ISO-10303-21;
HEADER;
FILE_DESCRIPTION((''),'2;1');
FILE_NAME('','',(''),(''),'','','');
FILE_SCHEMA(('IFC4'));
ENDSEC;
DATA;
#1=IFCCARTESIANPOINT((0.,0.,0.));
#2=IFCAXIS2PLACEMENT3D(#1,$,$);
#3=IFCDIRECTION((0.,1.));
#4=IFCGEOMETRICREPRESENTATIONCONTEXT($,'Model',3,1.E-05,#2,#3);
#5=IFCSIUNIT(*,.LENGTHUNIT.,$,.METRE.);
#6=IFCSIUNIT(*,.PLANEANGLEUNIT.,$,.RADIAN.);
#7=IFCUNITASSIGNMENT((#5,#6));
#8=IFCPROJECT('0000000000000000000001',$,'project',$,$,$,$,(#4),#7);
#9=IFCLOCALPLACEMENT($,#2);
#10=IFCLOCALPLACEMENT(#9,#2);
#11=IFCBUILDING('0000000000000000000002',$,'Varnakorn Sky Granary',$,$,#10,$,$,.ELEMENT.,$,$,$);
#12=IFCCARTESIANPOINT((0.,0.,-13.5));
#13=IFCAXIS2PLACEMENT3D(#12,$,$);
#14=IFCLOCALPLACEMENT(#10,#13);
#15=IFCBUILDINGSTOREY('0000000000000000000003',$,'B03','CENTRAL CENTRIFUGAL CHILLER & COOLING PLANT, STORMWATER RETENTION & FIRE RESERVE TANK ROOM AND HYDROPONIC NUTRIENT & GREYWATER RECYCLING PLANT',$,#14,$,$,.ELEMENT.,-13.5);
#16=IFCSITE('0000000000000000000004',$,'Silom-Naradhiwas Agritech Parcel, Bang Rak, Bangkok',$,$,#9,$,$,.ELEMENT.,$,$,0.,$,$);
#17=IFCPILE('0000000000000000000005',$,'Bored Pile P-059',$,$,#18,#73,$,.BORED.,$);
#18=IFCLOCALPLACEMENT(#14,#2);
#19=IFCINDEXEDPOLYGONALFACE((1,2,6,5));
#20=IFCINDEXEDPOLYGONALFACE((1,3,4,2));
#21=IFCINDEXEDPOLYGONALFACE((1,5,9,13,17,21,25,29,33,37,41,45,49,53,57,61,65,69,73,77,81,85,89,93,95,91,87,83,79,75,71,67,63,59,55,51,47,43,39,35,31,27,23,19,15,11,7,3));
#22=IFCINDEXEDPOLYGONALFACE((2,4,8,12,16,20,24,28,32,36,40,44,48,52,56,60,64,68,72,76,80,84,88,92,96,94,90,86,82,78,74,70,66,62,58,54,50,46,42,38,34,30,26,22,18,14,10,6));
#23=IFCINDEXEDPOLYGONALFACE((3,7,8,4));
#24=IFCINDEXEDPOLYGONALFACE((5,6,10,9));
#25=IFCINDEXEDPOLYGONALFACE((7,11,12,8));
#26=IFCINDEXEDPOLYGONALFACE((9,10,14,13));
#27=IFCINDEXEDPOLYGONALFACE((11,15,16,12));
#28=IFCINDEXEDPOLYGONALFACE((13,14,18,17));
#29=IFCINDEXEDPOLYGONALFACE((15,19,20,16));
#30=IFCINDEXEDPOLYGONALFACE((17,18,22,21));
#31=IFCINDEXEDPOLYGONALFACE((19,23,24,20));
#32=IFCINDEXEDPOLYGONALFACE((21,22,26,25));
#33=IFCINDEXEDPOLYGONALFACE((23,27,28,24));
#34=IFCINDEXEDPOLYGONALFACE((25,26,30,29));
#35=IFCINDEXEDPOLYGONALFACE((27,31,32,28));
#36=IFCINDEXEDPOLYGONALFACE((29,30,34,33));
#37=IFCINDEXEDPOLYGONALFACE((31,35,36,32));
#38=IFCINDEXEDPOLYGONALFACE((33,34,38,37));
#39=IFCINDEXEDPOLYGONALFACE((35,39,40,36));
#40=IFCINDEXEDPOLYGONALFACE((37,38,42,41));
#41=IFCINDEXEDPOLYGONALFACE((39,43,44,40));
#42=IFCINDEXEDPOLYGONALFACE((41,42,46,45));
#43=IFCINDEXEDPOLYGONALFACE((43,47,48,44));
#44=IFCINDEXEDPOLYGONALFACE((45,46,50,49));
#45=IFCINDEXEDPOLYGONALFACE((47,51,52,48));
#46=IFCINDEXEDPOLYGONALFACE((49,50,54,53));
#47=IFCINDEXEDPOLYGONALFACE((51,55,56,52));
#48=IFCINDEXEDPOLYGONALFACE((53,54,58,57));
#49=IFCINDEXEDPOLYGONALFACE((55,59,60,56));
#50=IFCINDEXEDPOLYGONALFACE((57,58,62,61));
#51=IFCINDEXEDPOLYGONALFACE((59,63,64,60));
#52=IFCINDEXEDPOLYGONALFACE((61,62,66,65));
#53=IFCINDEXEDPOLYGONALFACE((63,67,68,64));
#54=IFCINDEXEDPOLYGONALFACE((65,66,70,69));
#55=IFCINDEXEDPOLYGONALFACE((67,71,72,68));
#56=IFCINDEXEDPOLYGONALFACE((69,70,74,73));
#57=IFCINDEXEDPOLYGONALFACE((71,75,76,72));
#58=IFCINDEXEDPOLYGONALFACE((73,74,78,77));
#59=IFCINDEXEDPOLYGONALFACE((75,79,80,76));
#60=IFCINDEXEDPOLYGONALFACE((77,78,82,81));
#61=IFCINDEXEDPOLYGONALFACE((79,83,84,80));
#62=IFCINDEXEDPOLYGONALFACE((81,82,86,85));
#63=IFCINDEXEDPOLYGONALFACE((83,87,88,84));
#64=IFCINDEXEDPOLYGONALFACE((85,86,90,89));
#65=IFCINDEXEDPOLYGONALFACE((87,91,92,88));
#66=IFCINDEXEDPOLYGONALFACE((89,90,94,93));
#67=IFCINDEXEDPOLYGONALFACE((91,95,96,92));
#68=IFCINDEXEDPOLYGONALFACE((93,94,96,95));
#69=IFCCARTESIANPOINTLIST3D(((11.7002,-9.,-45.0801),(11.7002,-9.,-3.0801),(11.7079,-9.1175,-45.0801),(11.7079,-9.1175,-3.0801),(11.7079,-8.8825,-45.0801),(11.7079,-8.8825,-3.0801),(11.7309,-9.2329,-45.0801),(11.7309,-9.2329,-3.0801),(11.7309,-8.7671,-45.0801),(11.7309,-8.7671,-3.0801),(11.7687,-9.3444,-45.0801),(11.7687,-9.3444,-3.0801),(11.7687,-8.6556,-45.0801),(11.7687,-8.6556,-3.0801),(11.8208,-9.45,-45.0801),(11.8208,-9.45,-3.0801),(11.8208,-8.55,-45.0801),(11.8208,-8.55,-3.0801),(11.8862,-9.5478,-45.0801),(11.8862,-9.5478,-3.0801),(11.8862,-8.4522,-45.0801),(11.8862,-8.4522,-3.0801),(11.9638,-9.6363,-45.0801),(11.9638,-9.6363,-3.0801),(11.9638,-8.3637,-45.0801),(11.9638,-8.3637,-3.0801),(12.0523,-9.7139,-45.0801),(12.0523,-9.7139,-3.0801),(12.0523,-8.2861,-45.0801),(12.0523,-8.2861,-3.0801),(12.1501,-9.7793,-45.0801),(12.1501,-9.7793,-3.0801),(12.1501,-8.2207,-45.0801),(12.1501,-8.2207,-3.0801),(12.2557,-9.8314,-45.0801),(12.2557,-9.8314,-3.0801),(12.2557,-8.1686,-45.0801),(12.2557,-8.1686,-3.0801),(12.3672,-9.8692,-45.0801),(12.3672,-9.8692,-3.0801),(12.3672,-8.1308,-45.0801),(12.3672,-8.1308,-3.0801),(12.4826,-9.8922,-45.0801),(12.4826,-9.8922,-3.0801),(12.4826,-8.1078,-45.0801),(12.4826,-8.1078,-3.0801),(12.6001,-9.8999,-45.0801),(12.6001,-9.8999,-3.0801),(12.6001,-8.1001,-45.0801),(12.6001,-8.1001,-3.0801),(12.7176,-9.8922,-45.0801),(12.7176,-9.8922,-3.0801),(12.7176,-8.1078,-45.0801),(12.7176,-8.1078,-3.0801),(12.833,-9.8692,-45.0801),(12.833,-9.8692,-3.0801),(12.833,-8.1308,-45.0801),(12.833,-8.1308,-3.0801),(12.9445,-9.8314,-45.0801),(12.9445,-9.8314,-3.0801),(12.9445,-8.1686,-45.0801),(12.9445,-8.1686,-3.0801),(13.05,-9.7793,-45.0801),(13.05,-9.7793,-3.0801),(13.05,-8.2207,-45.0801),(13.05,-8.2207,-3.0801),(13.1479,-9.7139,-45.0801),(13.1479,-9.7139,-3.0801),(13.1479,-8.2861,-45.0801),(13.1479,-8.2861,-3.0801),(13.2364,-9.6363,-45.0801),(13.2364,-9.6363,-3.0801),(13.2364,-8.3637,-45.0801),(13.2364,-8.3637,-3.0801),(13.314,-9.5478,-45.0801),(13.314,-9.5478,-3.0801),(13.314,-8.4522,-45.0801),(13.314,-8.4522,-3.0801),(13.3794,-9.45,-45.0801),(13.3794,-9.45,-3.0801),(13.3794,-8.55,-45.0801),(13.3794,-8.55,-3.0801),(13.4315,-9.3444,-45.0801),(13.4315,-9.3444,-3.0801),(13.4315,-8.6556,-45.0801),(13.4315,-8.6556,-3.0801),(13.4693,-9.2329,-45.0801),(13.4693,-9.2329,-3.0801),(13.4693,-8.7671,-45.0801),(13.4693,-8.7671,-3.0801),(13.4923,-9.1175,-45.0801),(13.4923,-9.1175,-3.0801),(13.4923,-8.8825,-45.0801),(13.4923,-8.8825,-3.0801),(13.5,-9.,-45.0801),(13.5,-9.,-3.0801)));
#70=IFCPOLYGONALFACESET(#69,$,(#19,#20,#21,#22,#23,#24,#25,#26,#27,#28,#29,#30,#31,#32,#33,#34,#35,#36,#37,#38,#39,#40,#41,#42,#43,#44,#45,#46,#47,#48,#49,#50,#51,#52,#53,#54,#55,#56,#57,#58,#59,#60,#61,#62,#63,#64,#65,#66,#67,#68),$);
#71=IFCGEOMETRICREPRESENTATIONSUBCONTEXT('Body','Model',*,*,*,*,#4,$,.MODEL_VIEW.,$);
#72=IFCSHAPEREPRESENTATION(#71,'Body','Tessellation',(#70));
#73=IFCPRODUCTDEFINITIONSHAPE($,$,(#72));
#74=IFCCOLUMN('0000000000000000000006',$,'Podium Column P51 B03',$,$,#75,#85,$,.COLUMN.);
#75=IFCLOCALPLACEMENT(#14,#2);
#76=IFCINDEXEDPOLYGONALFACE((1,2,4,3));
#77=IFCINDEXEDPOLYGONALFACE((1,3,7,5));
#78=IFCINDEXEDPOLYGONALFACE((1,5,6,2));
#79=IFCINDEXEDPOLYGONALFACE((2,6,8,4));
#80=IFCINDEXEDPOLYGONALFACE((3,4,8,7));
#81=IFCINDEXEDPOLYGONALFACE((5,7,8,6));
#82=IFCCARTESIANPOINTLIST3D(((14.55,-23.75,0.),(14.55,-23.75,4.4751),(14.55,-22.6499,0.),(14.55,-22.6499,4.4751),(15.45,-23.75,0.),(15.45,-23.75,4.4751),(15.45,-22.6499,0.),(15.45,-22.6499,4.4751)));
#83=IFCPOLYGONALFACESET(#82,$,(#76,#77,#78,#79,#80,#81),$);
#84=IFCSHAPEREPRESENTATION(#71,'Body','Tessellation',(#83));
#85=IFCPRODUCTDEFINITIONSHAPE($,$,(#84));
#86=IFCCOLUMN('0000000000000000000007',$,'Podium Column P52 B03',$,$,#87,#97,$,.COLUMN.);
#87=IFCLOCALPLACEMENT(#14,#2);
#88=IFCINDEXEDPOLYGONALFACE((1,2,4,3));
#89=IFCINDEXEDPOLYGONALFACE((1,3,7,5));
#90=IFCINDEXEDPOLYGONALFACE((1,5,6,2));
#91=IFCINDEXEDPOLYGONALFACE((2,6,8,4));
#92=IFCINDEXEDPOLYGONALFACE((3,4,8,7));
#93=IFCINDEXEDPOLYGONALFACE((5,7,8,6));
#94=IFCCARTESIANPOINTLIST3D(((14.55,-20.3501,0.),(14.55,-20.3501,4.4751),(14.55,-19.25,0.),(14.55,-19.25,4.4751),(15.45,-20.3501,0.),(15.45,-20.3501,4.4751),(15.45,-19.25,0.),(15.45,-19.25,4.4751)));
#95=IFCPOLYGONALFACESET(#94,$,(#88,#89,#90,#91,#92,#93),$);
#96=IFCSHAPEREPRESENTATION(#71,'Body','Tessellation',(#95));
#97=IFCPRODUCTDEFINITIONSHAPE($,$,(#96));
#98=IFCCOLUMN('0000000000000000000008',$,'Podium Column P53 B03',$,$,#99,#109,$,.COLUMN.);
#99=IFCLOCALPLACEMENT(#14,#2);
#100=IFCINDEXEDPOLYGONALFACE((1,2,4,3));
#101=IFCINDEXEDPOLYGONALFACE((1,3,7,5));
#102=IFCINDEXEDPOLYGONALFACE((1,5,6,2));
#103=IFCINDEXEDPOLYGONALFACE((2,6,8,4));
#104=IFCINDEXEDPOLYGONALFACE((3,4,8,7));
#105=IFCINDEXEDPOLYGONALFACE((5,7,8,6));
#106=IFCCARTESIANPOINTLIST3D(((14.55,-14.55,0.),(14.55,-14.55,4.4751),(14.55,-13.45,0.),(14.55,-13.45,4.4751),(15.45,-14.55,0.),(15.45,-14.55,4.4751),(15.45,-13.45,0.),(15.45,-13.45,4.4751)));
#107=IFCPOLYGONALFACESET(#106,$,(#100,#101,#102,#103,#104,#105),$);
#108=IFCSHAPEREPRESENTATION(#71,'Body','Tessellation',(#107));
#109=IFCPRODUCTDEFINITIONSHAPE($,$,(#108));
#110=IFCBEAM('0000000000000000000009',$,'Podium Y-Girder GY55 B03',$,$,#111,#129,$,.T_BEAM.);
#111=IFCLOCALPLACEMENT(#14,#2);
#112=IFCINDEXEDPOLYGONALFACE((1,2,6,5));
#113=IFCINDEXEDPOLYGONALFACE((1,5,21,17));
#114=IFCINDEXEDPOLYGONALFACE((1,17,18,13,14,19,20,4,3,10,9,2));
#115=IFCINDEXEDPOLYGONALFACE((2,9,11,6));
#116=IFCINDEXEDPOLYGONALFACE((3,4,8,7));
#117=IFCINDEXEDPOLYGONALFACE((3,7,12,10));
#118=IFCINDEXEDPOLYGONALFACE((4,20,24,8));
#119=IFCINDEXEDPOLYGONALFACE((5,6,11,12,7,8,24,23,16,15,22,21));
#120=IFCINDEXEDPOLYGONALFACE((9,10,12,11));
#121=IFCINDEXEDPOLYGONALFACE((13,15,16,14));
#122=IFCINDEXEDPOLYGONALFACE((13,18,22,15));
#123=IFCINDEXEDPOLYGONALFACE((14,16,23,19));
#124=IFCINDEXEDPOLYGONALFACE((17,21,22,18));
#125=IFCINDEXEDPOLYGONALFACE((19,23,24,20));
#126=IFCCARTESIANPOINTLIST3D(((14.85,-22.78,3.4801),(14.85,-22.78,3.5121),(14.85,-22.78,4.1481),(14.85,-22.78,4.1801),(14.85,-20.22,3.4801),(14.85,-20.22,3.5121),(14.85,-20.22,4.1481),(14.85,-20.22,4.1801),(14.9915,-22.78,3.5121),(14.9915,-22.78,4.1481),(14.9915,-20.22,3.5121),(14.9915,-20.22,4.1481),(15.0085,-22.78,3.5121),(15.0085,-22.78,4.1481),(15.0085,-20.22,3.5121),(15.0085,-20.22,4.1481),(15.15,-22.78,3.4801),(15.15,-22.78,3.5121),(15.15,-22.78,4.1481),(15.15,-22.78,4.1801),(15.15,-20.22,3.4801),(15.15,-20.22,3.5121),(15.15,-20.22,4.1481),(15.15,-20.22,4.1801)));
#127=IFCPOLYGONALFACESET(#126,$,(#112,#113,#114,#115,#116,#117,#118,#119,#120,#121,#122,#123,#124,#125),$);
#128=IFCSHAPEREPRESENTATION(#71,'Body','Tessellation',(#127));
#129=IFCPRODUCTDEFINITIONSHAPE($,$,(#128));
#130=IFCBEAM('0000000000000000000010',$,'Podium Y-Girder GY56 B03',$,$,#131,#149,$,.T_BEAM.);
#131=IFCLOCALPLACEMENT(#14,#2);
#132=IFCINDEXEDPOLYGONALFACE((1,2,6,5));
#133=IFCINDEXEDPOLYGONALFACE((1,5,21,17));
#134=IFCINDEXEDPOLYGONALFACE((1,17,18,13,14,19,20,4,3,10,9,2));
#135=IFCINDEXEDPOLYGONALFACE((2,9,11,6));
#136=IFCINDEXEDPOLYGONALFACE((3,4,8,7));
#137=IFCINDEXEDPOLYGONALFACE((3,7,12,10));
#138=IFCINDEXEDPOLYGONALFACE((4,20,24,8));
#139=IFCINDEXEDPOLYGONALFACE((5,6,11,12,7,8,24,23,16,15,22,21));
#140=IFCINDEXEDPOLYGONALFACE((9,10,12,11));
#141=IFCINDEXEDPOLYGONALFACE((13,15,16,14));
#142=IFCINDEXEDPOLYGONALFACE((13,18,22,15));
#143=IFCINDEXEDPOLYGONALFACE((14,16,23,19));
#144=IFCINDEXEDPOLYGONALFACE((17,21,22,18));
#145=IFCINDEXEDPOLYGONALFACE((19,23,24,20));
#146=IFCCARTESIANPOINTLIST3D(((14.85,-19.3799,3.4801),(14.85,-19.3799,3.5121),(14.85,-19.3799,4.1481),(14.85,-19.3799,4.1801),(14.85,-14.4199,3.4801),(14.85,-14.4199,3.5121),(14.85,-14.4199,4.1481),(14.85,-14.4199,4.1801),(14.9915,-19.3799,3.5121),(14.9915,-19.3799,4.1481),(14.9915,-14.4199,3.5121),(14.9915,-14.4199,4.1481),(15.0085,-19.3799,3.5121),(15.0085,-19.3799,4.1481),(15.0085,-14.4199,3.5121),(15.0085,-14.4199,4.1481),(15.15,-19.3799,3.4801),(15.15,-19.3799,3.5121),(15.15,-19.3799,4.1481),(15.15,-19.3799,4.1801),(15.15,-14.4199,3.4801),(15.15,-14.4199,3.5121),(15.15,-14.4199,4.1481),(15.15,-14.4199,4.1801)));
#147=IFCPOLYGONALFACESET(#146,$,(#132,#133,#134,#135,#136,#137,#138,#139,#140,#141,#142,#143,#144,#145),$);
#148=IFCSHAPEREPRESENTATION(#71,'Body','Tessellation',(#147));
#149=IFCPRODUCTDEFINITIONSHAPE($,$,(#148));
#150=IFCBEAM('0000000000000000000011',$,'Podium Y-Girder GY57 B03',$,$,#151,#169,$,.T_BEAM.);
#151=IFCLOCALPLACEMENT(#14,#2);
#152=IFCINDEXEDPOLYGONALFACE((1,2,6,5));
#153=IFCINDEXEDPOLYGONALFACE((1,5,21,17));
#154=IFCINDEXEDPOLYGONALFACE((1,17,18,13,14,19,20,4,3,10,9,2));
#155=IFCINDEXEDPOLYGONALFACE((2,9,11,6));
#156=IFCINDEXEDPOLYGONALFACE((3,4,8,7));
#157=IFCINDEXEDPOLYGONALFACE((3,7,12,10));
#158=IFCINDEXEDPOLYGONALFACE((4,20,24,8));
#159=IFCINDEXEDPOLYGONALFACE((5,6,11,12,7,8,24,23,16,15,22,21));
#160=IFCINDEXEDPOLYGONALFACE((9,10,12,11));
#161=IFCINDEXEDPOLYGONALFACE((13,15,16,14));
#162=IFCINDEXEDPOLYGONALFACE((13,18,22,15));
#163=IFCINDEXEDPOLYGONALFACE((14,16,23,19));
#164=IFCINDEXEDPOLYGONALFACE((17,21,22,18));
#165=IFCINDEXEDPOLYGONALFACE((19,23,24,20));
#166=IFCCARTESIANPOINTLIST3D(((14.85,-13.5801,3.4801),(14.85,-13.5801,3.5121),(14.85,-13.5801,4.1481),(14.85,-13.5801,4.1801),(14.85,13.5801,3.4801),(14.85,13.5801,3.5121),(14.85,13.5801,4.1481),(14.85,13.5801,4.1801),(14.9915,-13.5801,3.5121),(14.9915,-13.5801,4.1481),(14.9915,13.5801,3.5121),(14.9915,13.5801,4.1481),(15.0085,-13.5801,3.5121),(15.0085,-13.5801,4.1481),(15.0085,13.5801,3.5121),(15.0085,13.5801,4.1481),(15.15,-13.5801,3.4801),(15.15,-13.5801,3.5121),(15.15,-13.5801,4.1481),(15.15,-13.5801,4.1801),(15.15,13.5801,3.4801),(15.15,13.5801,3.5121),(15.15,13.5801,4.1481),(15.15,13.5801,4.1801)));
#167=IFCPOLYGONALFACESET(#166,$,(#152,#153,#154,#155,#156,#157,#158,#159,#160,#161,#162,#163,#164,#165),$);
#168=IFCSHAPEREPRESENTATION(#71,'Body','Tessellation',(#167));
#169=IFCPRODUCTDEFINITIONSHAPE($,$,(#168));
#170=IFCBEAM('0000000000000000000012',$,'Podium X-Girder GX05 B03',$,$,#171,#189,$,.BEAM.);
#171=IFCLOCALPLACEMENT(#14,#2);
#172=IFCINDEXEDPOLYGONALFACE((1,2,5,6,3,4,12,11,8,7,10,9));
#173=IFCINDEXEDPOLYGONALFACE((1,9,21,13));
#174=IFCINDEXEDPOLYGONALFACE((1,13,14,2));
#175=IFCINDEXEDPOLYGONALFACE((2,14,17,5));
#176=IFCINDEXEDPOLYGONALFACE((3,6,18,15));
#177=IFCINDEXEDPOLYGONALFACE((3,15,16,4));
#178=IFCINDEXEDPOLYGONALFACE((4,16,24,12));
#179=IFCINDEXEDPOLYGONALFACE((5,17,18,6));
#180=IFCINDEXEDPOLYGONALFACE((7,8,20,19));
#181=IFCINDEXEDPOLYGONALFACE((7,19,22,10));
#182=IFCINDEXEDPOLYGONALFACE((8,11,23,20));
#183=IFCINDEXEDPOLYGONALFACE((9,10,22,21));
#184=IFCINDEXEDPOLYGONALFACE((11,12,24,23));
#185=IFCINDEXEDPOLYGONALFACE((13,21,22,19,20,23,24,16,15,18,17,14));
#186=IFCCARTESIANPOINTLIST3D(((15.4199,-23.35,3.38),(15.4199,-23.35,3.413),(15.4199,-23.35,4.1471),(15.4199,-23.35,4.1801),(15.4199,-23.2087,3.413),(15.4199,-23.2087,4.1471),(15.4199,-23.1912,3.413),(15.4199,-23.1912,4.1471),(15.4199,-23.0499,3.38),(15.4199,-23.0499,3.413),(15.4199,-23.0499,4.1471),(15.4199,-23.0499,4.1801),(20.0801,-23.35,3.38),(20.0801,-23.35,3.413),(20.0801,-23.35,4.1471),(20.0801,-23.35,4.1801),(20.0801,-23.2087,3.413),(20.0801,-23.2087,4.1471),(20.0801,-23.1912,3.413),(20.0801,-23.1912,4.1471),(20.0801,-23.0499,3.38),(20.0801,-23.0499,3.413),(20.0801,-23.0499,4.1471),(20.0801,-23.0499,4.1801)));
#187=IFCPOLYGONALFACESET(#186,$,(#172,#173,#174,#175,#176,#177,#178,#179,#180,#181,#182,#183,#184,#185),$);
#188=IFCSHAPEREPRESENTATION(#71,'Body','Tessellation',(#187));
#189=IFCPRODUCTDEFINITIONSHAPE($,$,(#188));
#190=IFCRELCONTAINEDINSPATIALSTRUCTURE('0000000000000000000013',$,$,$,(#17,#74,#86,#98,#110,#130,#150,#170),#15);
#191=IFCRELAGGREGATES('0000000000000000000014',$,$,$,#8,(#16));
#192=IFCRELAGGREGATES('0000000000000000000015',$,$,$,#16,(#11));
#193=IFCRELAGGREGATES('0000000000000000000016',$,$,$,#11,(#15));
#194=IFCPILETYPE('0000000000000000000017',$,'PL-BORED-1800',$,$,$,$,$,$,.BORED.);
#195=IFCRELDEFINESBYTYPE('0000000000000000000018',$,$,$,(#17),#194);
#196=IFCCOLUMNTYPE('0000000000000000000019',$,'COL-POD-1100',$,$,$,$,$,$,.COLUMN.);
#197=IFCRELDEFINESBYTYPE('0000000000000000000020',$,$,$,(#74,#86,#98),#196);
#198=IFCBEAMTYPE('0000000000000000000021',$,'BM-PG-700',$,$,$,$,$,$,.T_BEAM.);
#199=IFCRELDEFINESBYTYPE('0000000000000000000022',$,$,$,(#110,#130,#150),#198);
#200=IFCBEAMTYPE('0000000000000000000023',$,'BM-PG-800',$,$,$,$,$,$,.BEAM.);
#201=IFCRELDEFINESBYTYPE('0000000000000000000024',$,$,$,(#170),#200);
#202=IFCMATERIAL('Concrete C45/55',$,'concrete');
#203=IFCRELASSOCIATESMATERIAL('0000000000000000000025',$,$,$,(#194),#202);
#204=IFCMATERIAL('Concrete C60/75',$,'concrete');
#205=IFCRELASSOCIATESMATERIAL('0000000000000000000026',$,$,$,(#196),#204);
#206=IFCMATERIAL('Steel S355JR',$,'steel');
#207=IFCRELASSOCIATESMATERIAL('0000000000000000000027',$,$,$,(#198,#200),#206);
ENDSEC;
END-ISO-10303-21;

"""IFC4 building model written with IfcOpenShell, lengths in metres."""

from ifc_helpers import new_model, si_unit, direction, frame, origin, origin_2d, place, context, subcontext, project, spatial, rectangle, circle, i_section, extrude, material, material_profile, profile_set, type_object, element, save


model = new_model("IFC4")

# Units and contexts
model_context = context("Model", 3, precision=1e-05, world=origin(), true_north=direction((0.0, 1.0)))
body_context = subcontext(model_context, "Body", "Model", "MODEL_VIEW")
ifc_project = project(units=[si_unit("LENGTHUNIT", "METRE"), si_unit("PLANEANGLEUNIT", "RADIAN")], contexts=[model_context])

# Site, building, storey
site_placement = place(None, origin())
site = spatial("IfcSite", under=ifc_project, at=site_placement, Name="Silom-Naradhiwas Agritech Parcel, Bang Rak, Bangkok", CompositionType="ELEMENT", RefElevation=0.0)
building_placement = place(site_placement, origin())
building = spatial("IfcBuilding", under=site, at=building_placement, Name="Varnakorn Sky Granary", CompositionType="ELEMENT")
storey_placement = place(building_placement, frame((0.0, 0.0, -13.5)))
storey = spatial("IfcBuildingStorey", under=building, at=storey_placement, Name="B03", Description="CENTRAL CENTRIFUGAL CHILLER & COOLING PLANT, STORMWATER RETENTION & FIRE RESERVE TANK ROOM AND HYDROPONIC NUTRIENT & GREYWATER RECYCLING PLANT", CompositionType="ELEMENT", Elevation=-13.5)

# Pile
ifc_material_1 = material(Name="Concrete C45/55", Category="concrete")
ifc_material_profile_1 = material_profile(ifc_material_1, circle(Radius=0.8999, at=origin_2d()), Name="PILE D1800")
ifc_profile_set_1 = profile_set([ifc_material_profile_1], Name="Concrete C45/55")
pile_type_1 = type_object("IfcPileType", Name="PL-BORED-1800", PredefinedType="BORED", material=ifc_profile_set_1)
for number, where, z_axis, x_axis, name in (
    (1, (12.6001, -9.0, -3.0801), (0.0, 0.0, -1.0), (1.0, 0.0, 0.0), "Bored Pile P-059"),
):
    element("IfcPile", number, at=place(storey_placement, frame(where, z_axis=z_axis, x_axis=x_axis)), inside=storey, type_object=pile_type_1, Name=name, PredefinedType="BORED", context=body_context, shape_type="SweptSolid", body=[
        extrude(circle(Radius=0.8999, at=origin_2d()), origin(), (0.0, 0.0, 1.0), 42.0),
    ])

# Columns
ifc_material_2 = material(Name="Concrete C60/75", Category="concrete")
ifc_material_profile_2 = material_profile(ifc_material_2, rectangle(XDim=0.8999, YDim=1.1001, at=origin_2d()), Name="RC 900x1100")
ifc_profile_set_2 = profile_set([ifc_material_profile_2], Name="Concrete C60/75")
column_type = type_object("IfcColumnType", Name="COL-POD-1100", PredefinedType="COLUMN", material=ifc_profile_set_2)
for number, where, z_axis, x_axis, name in (
    (2, (15.0, -23.2, 0.0), (0.0, 0.0, 1.0), (1.0, 0.0, 0.0), "Podium Column P51 B03"),
    (3, (15.0, -19.8, 0.0), (0.0, 0.0, 1.0), (1.0, 0.0, 0.0), "Podium Column P52 B03"),
    (4, (15.0, -14.0, 0.0), (0.0, 0.0, 1.0), (1.0, 0.0, 0.0), "Podium Column P53 B03"),
):
    element("IfcColumn", number, at=place(storey_placement, frame(where, z_axis=z_axis, x_axis=x_axis)), inside=storey, type_object=column_type, Name=name, PredefinedType="COLUMN", context=body_context, shape_type="SweptSolid", body=[
        extrude(rectangle(XDim=0.8999, YDim=1.1001, at=origin_2d()), origin(), (0.0, 0.0, 1.0), 4.4751),
    ])

# Beams
ifc_material_3 = material(Name="Steel S355JR", Category="steel")
ifc_material_profile_3 = material_profile(ifc_material_3, i_section(OverallWidth=0.3, OverallDepth=0.7, WebThickness=0.0171, FlangeThickness=0.032, at=origin_2d()), Name="HE 700 B")
ifc_profile_set_3 = profile_set([ifc_material_profile_3], Name="Steel S355JR")
beam_type_1 = type_object("IfcBeamType", Name="BM-PG-700", PredefinedType="T_BEAM", material=ifc_profile_set_3)
beam_1_placement = place(storey_placement, frame((15.0, -22.78, 3.8301), z_axis=(0.0, 1.0, 0.0), x_axis=(-1.0, 0.0, 0.0)))
element("IfcBeam", 5, at=beam_1_placement, inside=storey, type_object=beam_type_1, Name="Podium Y-Girder GY55 B03", PredefinedType="T_BEAM", context=body_context, shape_type="SweptSolid", body=[
    extrude(i_section(OverallWidth=0.3, OverallDepth=0.7, WebThickness=0.0171, FlangeThickness=0.032, at=origin_2d()), origin(), (0.0, 0.0, 1.0), 2.5601),
])
beam_2_placement = place(storey_placement, frame((15.0, -19.3799, 3.8301), z_axis=(0.0, 1.0, 0.0), x_axis=(-1.0, 0.0, 0.0)))
element("IfcBeam", 6, at=beam_2_placement, inside=storey, type_object=beam_type_1, Name="Podium Y-Girder GY56 B03", PredefinedType="T_BEAM", context=body_context, shape_type="SweptSolid", body=[
    extrude(i_section(OverallWidth=0.3, OverallDepth=0.7, WebThickness=0.0171, FlangeThickness=0.032, at=origin_2d()), origin(), (0.0, 0.0, 1.0), 4.96),
])
beam_3_placement = place(storey_placement, frame((15.0, -13.5801, 3.8301), z_axis=(0.0, 1.0, 0.0), x_axis=(-1.0, 0.0, 0.0)))
element("IfcBeam", 7, at=beam_3_placement, inside=storey, type_object=beam_type_1, Name="Podium Y-Girder GY57 B03", PredefinedType="T_BEAM", context=body_context, shape_type="SweptSolid", body=[
    extrude(i_section(OverallWidth=0.3, OverallDepth=0.7, WebThickness=0.0171, FlangeThickness=0.032, at=origin_2d()), origin(), (0.0, 0.0, 1.0), 27.1602),
])
ifc_material_profile_4 = material_profile(ifc_material_3, i_section(OverallWidth=0.3, OverallDepth=0.8, WebThickness=0.0176, FlangeThickness=0.033, at=origin_2d()), Name="HE 800 B")
ifc_profile_set_4 = profile_set([ifc_material_profile_4], Name="Steel S355JR")
beam_type_2 = type_object("IfcBeamType", Name="BM-PG-800", PredefinedType="BEAM", material=ifc_profile_set_4)
for number, where, z_axis, x_axis, name in (
    (8, (15.4199, -23.2, 3.78), (1.0, 0.0, 0.0), (0.0, 1.0, 0.0), "Podium X-Girder GX05 B03"),
):
    element("IfcBeam", number, at=place(storey_placement, frame(where, z_axis=z_axis, x_axis=x_axis)), inside=storey, type_object=beam_type_2, Name=name, PredefinedType="BEAM", context=body_context, shape_type="SweptSolid", body=[
        extrude(i_section(OverallWidth=0.3, OverallDepth=0.8, WebThickness=0.0176, FlangeThickness=0.033, at=origin_2d()), origin(), (0.0, 0.0, 1.0), 4.6602),
    ])

save(model, "model.ifc")
